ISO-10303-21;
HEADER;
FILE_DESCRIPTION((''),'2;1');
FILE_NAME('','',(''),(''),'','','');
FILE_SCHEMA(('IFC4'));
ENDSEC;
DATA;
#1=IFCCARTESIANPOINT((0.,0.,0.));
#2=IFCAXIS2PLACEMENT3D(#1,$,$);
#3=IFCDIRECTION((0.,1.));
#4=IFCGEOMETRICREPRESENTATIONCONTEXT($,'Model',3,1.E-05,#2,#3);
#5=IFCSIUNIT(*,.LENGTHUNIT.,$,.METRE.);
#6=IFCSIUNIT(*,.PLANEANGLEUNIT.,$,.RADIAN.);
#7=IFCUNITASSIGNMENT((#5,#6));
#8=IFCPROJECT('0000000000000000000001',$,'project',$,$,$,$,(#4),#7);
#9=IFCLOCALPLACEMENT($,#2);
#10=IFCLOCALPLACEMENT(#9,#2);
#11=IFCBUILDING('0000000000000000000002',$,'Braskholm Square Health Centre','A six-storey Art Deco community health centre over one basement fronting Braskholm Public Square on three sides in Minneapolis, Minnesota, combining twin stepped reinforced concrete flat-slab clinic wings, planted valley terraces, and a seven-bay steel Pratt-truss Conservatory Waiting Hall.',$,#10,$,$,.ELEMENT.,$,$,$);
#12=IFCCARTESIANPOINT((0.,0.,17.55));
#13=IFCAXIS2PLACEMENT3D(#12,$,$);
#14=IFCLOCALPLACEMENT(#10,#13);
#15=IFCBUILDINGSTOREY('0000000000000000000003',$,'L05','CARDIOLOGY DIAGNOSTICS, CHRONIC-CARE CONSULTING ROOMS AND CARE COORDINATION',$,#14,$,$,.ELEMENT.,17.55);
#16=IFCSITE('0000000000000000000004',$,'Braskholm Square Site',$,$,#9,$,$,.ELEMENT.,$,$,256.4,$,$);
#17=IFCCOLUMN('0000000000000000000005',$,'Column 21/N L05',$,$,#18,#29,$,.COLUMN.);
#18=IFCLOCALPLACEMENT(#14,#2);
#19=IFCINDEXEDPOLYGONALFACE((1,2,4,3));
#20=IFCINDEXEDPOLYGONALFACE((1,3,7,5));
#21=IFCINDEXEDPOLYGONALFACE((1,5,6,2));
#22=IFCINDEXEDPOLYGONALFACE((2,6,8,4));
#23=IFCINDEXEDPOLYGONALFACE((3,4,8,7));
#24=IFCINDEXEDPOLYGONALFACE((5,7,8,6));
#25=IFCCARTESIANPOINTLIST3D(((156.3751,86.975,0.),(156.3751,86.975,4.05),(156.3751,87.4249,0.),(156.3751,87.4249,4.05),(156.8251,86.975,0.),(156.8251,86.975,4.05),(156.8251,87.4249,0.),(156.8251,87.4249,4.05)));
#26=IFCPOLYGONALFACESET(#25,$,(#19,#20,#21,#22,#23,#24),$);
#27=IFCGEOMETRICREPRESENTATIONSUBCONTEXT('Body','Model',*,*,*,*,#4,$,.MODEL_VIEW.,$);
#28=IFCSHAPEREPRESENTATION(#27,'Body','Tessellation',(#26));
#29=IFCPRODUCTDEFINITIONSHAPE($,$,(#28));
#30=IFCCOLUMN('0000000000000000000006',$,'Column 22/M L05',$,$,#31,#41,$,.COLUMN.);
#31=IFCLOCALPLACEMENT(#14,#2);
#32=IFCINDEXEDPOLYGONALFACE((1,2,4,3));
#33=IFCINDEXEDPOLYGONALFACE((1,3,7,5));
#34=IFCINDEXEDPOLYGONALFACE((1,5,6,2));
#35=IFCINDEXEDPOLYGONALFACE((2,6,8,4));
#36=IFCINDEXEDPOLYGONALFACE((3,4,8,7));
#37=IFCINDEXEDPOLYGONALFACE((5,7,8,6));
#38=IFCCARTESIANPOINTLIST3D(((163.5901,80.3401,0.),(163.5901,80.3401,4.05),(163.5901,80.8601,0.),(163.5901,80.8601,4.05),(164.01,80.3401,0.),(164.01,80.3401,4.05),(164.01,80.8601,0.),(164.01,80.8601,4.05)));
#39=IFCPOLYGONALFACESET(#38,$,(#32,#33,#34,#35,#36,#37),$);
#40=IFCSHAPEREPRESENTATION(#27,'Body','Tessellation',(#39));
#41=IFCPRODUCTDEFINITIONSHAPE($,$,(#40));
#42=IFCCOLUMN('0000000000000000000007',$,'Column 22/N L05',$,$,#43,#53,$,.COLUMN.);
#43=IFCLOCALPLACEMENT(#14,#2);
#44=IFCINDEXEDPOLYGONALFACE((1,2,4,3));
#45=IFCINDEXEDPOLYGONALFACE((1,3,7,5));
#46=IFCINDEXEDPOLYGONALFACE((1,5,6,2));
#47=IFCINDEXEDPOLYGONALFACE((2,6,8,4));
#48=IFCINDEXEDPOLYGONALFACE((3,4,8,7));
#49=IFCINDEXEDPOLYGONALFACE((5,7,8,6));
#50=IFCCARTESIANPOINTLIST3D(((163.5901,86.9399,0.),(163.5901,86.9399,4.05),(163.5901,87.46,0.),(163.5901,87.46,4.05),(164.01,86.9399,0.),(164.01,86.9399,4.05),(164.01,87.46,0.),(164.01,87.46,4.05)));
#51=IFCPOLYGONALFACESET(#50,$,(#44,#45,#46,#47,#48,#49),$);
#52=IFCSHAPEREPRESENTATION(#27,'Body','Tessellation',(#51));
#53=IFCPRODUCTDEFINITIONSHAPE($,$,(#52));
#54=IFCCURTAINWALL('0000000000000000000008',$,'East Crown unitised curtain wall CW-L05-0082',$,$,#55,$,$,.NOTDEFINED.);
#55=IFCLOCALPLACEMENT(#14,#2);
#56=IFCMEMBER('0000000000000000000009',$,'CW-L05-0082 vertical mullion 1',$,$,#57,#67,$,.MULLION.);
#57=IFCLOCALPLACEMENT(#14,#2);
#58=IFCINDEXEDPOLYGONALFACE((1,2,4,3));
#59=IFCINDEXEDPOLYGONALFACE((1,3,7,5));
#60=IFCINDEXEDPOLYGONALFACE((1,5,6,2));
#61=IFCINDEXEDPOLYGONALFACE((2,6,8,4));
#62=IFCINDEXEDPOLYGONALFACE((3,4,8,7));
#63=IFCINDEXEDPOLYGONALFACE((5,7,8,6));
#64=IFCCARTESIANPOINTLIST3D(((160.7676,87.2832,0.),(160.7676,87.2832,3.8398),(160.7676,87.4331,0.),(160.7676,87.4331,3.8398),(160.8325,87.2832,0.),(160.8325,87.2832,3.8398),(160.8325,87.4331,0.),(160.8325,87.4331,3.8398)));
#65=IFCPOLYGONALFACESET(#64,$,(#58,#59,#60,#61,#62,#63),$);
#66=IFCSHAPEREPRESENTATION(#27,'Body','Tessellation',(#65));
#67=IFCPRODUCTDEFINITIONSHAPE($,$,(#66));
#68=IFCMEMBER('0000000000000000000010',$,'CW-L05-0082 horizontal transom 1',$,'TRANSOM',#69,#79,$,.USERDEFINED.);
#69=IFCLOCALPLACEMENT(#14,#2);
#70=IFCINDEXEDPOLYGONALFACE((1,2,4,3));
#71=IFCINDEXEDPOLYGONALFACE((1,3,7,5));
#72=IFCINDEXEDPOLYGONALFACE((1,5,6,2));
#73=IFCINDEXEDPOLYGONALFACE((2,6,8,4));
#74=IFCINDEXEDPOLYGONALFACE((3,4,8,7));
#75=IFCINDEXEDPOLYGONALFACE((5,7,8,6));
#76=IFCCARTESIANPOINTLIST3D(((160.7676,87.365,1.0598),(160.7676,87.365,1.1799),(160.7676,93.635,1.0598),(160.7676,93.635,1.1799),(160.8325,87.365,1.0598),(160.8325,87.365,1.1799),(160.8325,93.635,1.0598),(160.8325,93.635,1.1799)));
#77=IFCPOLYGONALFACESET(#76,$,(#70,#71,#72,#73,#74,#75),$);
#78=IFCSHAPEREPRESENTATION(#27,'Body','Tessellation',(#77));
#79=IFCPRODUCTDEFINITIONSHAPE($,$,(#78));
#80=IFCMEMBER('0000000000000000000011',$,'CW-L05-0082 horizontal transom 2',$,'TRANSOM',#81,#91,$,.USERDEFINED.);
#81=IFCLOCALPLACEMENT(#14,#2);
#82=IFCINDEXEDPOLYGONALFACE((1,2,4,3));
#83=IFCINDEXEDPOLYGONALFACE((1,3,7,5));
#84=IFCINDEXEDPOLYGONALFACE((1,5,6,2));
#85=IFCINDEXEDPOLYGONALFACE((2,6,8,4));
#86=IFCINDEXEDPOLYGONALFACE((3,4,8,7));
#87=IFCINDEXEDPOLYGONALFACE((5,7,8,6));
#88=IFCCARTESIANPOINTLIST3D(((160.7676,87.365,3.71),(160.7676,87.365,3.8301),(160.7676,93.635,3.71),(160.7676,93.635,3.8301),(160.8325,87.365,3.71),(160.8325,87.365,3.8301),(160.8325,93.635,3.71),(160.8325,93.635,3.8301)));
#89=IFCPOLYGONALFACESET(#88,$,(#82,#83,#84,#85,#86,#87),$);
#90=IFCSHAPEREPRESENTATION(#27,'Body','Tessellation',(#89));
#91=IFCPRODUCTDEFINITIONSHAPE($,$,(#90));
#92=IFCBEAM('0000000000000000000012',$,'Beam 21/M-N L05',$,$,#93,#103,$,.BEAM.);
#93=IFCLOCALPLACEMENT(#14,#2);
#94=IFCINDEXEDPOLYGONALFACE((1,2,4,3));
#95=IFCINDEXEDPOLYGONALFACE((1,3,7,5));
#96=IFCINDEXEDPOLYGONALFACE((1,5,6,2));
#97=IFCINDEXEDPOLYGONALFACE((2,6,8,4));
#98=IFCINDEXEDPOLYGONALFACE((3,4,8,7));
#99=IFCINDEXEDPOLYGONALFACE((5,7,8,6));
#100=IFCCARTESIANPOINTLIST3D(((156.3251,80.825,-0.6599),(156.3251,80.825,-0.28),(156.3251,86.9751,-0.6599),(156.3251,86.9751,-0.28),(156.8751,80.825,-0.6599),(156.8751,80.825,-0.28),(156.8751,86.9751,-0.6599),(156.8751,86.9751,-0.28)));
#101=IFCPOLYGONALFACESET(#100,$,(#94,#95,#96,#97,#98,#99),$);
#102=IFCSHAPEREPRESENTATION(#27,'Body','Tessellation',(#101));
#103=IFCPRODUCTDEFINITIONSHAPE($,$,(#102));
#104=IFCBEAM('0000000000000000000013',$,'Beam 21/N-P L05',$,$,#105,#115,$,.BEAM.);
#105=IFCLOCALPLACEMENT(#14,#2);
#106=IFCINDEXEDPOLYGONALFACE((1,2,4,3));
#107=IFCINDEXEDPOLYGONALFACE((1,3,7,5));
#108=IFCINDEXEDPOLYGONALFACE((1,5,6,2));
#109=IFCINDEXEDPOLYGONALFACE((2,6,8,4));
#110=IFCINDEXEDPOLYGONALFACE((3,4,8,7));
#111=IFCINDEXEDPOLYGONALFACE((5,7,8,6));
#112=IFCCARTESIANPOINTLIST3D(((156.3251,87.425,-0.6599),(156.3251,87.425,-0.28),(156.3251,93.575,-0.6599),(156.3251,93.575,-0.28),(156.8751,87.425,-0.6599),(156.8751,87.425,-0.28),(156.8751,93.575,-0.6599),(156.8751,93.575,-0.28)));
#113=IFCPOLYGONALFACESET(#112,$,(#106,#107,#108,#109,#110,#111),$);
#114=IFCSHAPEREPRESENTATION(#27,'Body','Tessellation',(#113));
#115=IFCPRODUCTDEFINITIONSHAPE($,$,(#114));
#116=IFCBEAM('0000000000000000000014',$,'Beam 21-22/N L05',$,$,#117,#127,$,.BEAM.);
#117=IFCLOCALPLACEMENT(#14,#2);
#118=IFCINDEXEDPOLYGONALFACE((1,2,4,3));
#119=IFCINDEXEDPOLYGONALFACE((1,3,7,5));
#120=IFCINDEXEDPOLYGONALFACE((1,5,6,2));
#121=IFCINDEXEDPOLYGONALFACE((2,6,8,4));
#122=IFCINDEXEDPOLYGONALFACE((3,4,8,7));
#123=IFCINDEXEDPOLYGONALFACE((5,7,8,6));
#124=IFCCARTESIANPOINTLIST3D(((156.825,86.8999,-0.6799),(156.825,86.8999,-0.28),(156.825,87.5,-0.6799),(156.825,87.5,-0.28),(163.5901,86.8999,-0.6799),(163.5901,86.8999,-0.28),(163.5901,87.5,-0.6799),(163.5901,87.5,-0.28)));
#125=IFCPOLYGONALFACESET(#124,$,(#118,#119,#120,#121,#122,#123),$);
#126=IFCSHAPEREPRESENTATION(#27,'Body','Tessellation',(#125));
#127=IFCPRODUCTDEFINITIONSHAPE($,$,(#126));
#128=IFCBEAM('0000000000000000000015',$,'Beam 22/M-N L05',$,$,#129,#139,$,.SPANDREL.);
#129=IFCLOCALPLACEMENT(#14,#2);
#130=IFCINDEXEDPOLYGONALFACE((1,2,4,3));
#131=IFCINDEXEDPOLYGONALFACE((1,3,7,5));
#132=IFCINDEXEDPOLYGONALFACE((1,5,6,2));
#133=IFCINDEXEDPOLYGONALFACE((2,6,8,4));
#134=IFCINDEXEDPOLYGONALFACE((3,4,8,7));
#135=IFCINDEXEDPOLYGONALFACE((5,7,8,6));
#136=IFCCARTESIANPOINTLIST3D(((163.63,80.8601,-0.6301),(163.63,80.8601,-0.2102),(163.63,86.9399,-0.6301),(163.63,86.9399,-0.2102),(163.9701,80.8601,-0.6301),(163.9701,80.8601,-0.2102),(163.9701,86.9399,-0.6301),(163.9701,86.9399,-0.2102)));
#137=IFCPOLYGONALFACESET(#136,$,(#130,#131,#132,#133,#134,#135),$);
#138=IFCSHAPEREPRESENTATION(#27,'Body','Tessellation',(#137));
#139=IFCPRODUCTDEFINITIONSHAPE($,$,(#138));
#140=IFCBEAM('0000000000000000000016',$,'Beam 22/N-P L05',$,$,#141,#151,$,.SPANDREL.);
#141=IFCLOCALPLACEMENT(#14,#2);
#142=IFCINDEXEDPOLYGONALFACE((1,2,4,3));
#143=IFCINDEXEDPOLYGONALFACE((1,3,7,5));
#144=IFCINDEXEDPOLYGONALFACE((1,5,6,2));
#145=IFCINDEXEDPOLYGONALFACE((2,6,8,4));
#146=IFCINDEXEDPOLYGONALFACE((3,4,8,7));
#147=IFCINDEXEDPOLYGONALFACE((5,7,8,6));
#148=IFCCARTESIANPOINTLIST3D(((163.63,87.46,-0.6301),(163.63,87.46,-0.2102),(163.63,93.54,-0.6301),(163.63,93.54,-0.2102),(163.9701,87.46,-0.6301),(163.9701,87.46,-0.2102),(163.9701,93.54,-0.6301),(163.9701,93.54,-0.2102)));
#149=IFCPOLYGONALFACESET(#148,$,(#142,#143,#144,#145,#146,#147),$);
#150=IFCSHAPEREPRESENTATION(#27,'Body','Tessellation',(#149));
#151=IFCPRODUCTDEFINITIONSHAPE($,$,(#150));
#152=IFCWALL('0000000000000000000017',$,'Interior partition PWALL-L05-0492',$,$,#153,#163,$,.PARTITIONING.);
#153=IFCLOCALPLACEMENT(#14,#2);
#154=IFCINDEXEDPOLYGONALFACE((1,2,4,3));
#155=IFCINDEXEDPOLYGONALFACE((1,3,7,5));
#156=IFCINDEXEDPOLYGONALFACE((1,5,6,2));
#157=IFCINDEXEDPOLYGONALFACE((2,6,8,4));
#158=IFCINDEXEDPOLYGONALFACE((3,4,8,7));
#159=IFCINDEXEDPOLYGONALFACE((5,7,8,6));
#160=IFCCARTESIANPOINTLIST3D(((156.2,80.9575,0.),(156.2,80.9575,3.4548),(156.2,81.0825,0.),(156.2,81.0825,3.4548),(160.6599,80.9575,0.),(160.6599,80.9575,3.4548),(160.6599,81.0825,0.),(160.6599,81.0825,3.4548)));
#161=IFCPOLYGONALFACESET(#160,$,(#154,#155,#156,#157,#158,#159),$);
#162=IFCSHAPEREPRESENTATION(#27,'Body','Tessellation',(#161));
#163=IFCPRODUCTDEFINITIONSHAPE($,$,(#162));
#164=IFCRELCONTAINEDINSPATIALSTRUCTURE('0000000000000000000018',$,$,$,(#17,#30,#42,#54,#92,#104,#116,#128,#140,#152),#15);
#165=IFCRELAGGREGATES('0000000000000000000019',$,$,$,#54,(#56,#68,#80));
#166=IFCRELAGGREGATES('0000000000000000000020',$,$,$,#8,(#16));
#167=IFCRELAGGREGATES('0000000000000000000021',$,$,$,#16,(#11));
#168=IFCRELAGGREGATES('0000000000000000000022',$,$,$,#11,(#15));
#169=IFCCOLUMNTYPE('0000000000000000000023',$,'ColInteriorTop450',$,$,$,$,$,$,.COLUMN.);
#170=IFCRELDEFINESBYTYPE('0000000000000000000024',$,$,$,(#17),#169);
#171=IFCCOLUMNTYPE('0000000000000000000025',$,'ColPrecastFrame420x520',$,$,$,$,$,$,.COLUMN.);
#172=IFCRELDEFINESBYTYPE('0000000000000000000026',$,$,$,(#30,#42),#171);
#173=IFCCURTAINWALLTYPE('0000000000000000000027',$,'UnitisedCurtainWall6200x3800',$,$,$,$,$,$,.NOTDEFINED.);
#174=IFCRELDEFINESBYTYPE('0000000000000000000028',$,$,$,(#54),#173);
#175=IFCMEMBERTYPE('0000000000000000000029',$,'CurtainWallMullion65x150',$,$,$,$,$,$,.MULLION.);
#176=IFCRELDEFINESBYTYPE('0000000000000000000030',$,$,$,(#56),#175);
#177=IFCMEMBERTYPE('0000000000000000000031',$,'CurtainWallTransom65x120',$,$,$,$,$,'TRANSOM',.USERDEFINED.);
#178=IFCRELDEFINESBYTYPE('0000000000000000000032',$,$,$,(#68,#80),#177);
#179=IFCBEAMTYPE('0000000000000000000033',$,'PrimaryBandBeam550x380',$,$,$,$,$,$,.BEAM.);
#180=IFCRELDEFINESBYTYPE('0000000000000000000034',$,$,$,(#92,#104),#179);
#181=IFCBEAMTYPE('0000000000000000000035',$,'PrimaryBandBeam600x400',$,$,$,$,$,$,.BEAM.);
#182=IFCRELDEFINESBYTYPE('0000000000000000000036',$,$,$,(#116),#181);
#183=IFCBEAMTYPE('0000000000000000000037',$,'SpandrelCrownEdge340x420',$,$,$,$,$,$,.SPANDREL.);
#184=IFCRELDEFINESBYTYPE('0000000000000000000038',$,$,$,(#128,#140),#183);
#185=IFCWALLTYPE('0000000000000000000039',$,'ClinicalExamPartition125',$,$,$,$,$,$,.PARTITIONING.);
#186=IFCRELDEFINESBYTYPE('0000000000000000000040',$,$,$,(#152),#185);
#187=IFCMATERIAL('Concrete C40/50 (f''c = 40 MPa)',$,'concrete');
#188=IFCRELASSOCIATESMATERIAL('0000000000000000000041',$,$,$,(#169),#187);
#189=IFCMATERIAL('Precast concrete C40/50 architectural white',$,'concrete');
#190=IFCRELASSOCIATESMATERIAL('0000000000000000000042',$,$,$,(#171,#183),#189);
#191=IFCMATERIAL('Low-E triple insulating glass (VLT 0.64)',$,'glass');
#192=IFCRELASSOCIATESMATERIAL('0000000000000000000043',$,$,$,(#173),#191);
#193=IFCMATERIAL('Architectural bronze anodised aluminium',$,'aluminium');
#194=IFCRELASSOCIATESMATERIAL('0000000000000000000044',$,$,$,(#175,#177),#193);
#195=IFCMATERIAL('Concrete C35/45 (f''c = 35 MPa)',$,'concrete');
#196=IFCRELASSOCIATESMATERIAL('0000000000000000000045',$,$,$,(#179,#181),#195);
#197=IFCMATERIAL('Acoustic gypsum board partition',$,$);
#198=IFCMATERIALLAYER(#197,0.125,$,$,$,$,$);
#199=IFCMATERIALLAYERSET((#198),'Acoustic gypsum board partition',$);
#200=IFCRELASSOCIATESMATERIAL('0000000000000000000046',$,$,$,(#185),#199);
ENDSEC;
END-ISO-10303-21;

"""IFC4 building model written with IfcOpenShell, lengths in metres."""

from ifc_helpers import new_model, si_unit, direction, frame, frame_2d, origin, origin_2d, place, context, subcontext, project, spatial, rectangle, extrude, material, layer, layer_set, material_profile, profile_set, type_object, element, aggregate, save


model = new_model("IFC4")

# Units and contexts
model_context = context("Model", 3, precision=1e-05, world=origin(), true_north=direction((0.0, 1.0)))
body_context = subcontext(model_context, "Body", "Model", "MODEL_VIEW")
ifc_project = project(units=[si_unit("LENGTHUNIT", "METRE"), si_unit("PLANEANGLEUNIT", "RADIAN")], contexts=[model_context])

# Site, building, storey
site_placement = place(None, origin())
site = spatial("IfcSite", under=ifc_project, at=site_placement, Name="Braskholm Square Site", CompositionType="ELEMENT", RefElevation=256.4)
building_placement = place(site_placement, origin())
building = spatial("IfcBuilding", under=site, at=building_placement, Name="Braskholm Square Health Centre", Description="A six-storey Art Deco community health centre over one basement fronting Braskholm Public Square on three sides in Minneapolis, Minnesota, combining twin stepped reinforced concrete flat-slab clinic wings, planted valley terraces, and a seven-bay steel Pratt-truss Conservatory Waiting Hall.", CompositionType="ELEMENT")
storey_placement = place(building_placement, frame((0.0, 0.0, 17.55)))
storey = spatial("IfcBuildingStorey", under=building, at=storey_placement, Name="L05", Description="CARDIOLOGY DIAGNOSTICS, CHRONIC-CARE CONSULTING ROOMS AND CARE COORDINATION", CompositionType="ELEMENT", Elevation=17.55)

# Columns
ifc_material_1 = material(Name="Concrete C40/50 (f'c = 40 MPa)", Category="concrete")
ifc_material_profile_1 = material_profile(ifc_material_1, rectangle(XDim=0.45, YDim=0.45, at=origin_2d()), Name="RC-450X450")
ifc_profile_set_1 = profile_set([ifc_material_profile_1], Name="Concrete C40/50 (f'c = 40 MPa)")
column_type_1 = type_object("IfcColumnType", Name="ColInteriorTop450", PredefinedType="COLUMN", material=ifc_profile_set_1)
column_placement = place(storey_placement, frame((156.6001, 87.2, 0.0), z_axis=(0.0, 0.0, 1.0), x_axis=(1.0, 0.0, 0.0)))
element("IfcColumn", 1, at=column_placement, inside=storey, type_object=column_type_1, Name="Column 21/N L05", PredefinedType="COLUMN", context=body_context, shape_type="SweptSolid", body=[
    extrude(rectangle(XDim=0.45, YDim=0.45, at=origin_2d()), origin(), (0.0, 0.0, 1.0), 4.05),
])
ifc_material_2 = material(Name="Precast concrete C40/50 architectural white", Category="concrete")
ifc_material_profile_2 = material_profile(ifc_material_2, rectangle(XDim=0.4199, YDim=0.52, at=origin_2d()), Name="RC-420X520")
ifc_profile_set_2 = profile_set([ifc_material_profile_2], Name="Precast concrete C40/50 architectural white")
column_type_2 = type_object("IfcColumnType", Name="ColPrecastFrame420x520", PredefinedType="COLUMN", material=ifc_profile_set_2)
for number, where, z_axis, x_axis, name in (
    (2, (163.8, 80.6001, 0.0), (0.0, 0.0, 1.0), (1.0, 0.0, 0.0), "Column 22/M L05"),
    (3, (163.8, 87.2, 0.0), (0.0, 0.0, 1.0), (1.0, 0.0, 0.0), "Column 22/N L05"),
):
    element("IfcColumn", number, at=place(storey_placement, frame(where, z_axis=z_axis, x_axis=x_axis)), inside=storey, type_object=column_type_2, Name=name, PredefinedType="COLUMN", context=body_context, shape_type="SweptSolid", body=[
        extrude(rectangle(XDim=0.4199, YDim=0.52, at=origin_2d()), origin(), (0.0, 0.0, 1.0), 4.05),
    ])

# Curtain wall, members
ifc_material_3 = material(Name="Low-E triple insulating glass (VLT 0.64)", Category="glass")
curtain_wall_type = type_object("IfcCurtainWallType", Name="UnitisedCurtainWall6200x3800", PredefinedType="NOTDEFINED", material=ifc_material_3)
curtain_wall_placement = place(storey_placement, origin())
curtain_wall = element("IfcCurtainWall", 4, at=curtain_wall_placement, inside=storey, type_object=curtain_wall_type, Name="East Crown unitised curtain wall CW-L05-0082", PredefinedType="NOTDEFINED")
ifc_material_4 = material(Name="Architectural bronze anodised aluminium", Category="aluminium")
ifc_material_profile_3 = material_profile(ifc_material_4, rectangle(XDim=0.0649, YDim=0.1499, at=origin_2d()), Name="ALU-65X150")
ifc_profile_set_3 = profile_set([ifc_material_profile_3], Name="Architectural bronze anodised aluminium")
member_type_1 = type_object("IfcMemberType", Name="CurtainWallMullion65x150", PredefinedType="MULLION", material=ifc_profile_set_3)
member_1_placement = place(storey_placement, frame((160.8, 87.3582, 0.0), z_axis=(0.0, 0.0, 1.0), x_axis=(1.0, 0.0, 0.0)))
member_1 = element("IfcMember", 5, at=member_1_placement, type_object=member_type_1, Name="CW-L05-0082 vertical mullion 1", PredefinedType="MULLION", context=body_context, shape_type="SweptSolid", body=[
    extrude(rectangle(XDim=0.0649, YDim=0.1499, at=origin_2d()), origin(), (0.0, 0.0, 1.0), 3.8398),
])
ifc_material_profile_4 = material_profile(ifc_material_4, rectangle(XDim=0.0649, YDim=0.1201, at=origin_2d()), Name="ALU-65X120")
ifc_profile_set_4 = profile_set([ifc_material_profile_4], Name="Architectural bronze anodised aluminium")
member_type_2 = type_object("IfcMemberType", Name="CurtainWallTransom65x120", ElementType="TRANSOM", PredefinedType="USERDEFINED", material=ifc_profile_set_4)
member_2_placement = place(storey_placement, frame((160.8, 87.365, 1.1199), z_axis=(0.0, 1.0, 0.0), x_axis=(-1.0, 0.0, 0.0)))
member_2 = element("IfcMember", 6, at=member_2_placement, type_object=member_type_2, Name="CW-L05-0082 horizontal transom 1", ObjectType="TRANSOM", PredefinedType="USERDEFINED", context=body_context, shape_type="SweptSolid", body=[
    extrude(rectangle(XDim=0.0649, YDim=0.1201, at=origin_2d()), origin(), (0.0, 0.0, 1.0), 6.27),
])
member_3_placement = place(storey_placement, frame((160.8, 87.365, 3.77), z_axis=(0.0, 1.0, 0.0), x_axis=(-1.0, 0.0, 0.0)))
member_3 = element("IfcMember", 7, at=member_3_placement, type_object=member_type_2, Name="CW-L05-0082 horizontal transom 2", ObjectType="TRANSOM", PredefinedType="USERDEFINED", context=body_context, shape_type="SweptSolid", body=[
    extrude(rectangle(XDim=0.0649, YDim=0.1201, at=origin_2d()), origin(), (0.0, 0.0, 1.0), 6.27),
])
aggregate(curtain_wall, [member_1, member_2, member_3])

# Beams
ifc_material_5 = material(Name="Concrete C35/45 (f'c = 35 MPa)", Category="concrete")
ifc_material_profile_5 = material_profile(ifc_material_5, rectangle(XDim=0.55, YDim=0.3799, at=origin_2d()), Name="RCB-550X380")
ifc_profile_set_5 = profile_set([ifc_material_profile_5], Name="Concrete C35/45 (f'c = 35 MPa)")
beam_type_1 = type_object("IfcBeamType", Name="PrimaryBandBeam550x380", PredefinedType="BEAM", material=ifc_profile_set_5)
beam_1_placement = place(storey_placement, frame((156.6001, 80.825, -0.47), z_axis=(0.0, 1.0, 0.0), x_axis=(-1.0, 0.0, 0.0)))
element("IfcBeam", 8, at=beam_1_placement, inside=storey, type_object=beam_type_1, Name="Beam 21/M-N L05", PredefinedType="BEAM", context=body_context, shape_type="SweptSolid", body=[
    extrude(rectangle(XDim=0.55, YDim=0.3799, at=origin_2d()), origin(), (0.0, 0.0, 1.0), 6.1501),
])
beam_2_placement = place(storey_placement, frame((156.6001, 87.425, -0.47), z_axis=(0.0, 1.0, 0.0), x_axis=(-1.0, 0.0, 0.0)))
element("IfcBeam", 9, at=beam_2_placement, inside=storey, type_object=beam_type_1, Name="Beam 21/N-P L05", PredefinedType="BEAM", context=body_context, shape_type="SweptSolid", body=[
    extrude(rectangle(XDim=0.55, YDim=0.3799, at=origin_2d()), origin(), (0.0, 0.0, 1.0), 6.1499),
])
ifc_material_profile_6 = material_profile(ifc_material_5, rectangle(XDim=0.6001, YDim=0.3999, at=origin_2d()), Name="RCB-600X400")
ifc_profile_set_6 = profile_set([ifc_material_profile_6], Name="Concrete C35/45 (f'c = 35 MPa)")
beam_type_2 = type_object("IfcBeamType", Name="PrimaryBandBeam600x400", PredefinedType="BEAM", material=ifc_profile_set_6)
beam_3_placement = place(storey_placement, frame((156.825, 87.2, -0.48), z_axis=(1.0, 0.0, 0.0), x_axis=(0.0, 1.0, 0.0)))
element("IfcBeam", 10, at=beam_3_placement, inside=storey, type_object=beam_type_2, Name="Beam 21-22/N L05", PredefinedType="BEAM", context=body_context, shape_type="SweptSolid", body=[
    extrude(rectangle(XDim=0.6001, YDim=0.3999, at=origin_2d()), origin(), (0.0, 0.0, 1.0), 6.7651),
])
ifc_material_profile_7 = material_profile(ifc_material_2, rectangle(XDim=0.3401, YDim=0.4199, at=origin_2d()), Name="RCB-340X420")
ifc_profile_set_7 = profile_set([ifc_material_profile_7], Name="Precast concrete C40/50 architectural white")
beam_type_3 = type_object("IfcBeamType", Name="SpandrelCrownEdge340x420", PredefinedType="SPANDREL", material=ifc_profile_set_7)
beam_4_placement = place(storey_placement, frame((163.8, 80.8601, -0.4202), z_axis=(0.0, 1.0, 0.0), x_axis=(-1.0, 0.0, 0.0)))
element("IfcBeam", 11, at=beam_4_placement, inside=storey, type_object=beam_type_3, Name="Beam 22/M-N L05", PredefinedType="SPANDREL", context=body_context, shape_type="SweptSolid", body=[
    extrude(rectangle(XDim=0.3401, YDim=0.4199, at=origin_2d()), origin(), (0.0, 0.0, 1.0), 6.0798),
])
beam_5_placement = place(storey_placement, frame((163.8, 87.46, -0.4202), z_axis=(0.0, 1.0, 0.0), x_axis=(-1.0, 0.0, 0.0)))
element("IfcBeam", 12, at=beam_5_placement, inside=storey, type_object=beam_type_3, Name="Beam 22/N-P L05", PredefinedType="SPANDREL", context=body_context, shape_type="SweptSolid", body=[
    extrude(rectangle(XDim=0.3401, YDim=0.4199, at=origin_2d()), origin(), (0.0, 0.0, 1.0), 6.0801),
])

# Wall
ifc_material_6 = material(Name="Acoustic gypsum board partition")
ifc_layer_1 = layer(ifc_material_6, 0.125)
ifc_layer_set_1 = layer_set([ifc_layer_1], Name="Acoustic gypsum board partition")
wall_type_1 = type_object("IfcWallType", Name="ClinicalExamPartition125", PredefinedType="PARTITIONING", material=ifc_layer_set_1)
wall_1_placement = place(storey_placement, frame((156.2, 81.02, 0.0), z_axis=(0.0, 0.0, 1.0), x_axis=(1.0, 0.0, 0.0)))
element("IfcWall", 13, at=wall_1_placement, inside=storey, type_object=wall_type_1, Name="Interior partition PWALL-L05-0492", PredefinedType="PARTITIONING", context=body_context, shape_type="SweptSolid", body=[
    extrude(rectangle(XDim=4.46, YDim=0.125, at=frame_2d((2.23, 0.0))), origin(), (0.0, 0.0, 1.0), 3.4548),
])

save(model, "model.ifc")
